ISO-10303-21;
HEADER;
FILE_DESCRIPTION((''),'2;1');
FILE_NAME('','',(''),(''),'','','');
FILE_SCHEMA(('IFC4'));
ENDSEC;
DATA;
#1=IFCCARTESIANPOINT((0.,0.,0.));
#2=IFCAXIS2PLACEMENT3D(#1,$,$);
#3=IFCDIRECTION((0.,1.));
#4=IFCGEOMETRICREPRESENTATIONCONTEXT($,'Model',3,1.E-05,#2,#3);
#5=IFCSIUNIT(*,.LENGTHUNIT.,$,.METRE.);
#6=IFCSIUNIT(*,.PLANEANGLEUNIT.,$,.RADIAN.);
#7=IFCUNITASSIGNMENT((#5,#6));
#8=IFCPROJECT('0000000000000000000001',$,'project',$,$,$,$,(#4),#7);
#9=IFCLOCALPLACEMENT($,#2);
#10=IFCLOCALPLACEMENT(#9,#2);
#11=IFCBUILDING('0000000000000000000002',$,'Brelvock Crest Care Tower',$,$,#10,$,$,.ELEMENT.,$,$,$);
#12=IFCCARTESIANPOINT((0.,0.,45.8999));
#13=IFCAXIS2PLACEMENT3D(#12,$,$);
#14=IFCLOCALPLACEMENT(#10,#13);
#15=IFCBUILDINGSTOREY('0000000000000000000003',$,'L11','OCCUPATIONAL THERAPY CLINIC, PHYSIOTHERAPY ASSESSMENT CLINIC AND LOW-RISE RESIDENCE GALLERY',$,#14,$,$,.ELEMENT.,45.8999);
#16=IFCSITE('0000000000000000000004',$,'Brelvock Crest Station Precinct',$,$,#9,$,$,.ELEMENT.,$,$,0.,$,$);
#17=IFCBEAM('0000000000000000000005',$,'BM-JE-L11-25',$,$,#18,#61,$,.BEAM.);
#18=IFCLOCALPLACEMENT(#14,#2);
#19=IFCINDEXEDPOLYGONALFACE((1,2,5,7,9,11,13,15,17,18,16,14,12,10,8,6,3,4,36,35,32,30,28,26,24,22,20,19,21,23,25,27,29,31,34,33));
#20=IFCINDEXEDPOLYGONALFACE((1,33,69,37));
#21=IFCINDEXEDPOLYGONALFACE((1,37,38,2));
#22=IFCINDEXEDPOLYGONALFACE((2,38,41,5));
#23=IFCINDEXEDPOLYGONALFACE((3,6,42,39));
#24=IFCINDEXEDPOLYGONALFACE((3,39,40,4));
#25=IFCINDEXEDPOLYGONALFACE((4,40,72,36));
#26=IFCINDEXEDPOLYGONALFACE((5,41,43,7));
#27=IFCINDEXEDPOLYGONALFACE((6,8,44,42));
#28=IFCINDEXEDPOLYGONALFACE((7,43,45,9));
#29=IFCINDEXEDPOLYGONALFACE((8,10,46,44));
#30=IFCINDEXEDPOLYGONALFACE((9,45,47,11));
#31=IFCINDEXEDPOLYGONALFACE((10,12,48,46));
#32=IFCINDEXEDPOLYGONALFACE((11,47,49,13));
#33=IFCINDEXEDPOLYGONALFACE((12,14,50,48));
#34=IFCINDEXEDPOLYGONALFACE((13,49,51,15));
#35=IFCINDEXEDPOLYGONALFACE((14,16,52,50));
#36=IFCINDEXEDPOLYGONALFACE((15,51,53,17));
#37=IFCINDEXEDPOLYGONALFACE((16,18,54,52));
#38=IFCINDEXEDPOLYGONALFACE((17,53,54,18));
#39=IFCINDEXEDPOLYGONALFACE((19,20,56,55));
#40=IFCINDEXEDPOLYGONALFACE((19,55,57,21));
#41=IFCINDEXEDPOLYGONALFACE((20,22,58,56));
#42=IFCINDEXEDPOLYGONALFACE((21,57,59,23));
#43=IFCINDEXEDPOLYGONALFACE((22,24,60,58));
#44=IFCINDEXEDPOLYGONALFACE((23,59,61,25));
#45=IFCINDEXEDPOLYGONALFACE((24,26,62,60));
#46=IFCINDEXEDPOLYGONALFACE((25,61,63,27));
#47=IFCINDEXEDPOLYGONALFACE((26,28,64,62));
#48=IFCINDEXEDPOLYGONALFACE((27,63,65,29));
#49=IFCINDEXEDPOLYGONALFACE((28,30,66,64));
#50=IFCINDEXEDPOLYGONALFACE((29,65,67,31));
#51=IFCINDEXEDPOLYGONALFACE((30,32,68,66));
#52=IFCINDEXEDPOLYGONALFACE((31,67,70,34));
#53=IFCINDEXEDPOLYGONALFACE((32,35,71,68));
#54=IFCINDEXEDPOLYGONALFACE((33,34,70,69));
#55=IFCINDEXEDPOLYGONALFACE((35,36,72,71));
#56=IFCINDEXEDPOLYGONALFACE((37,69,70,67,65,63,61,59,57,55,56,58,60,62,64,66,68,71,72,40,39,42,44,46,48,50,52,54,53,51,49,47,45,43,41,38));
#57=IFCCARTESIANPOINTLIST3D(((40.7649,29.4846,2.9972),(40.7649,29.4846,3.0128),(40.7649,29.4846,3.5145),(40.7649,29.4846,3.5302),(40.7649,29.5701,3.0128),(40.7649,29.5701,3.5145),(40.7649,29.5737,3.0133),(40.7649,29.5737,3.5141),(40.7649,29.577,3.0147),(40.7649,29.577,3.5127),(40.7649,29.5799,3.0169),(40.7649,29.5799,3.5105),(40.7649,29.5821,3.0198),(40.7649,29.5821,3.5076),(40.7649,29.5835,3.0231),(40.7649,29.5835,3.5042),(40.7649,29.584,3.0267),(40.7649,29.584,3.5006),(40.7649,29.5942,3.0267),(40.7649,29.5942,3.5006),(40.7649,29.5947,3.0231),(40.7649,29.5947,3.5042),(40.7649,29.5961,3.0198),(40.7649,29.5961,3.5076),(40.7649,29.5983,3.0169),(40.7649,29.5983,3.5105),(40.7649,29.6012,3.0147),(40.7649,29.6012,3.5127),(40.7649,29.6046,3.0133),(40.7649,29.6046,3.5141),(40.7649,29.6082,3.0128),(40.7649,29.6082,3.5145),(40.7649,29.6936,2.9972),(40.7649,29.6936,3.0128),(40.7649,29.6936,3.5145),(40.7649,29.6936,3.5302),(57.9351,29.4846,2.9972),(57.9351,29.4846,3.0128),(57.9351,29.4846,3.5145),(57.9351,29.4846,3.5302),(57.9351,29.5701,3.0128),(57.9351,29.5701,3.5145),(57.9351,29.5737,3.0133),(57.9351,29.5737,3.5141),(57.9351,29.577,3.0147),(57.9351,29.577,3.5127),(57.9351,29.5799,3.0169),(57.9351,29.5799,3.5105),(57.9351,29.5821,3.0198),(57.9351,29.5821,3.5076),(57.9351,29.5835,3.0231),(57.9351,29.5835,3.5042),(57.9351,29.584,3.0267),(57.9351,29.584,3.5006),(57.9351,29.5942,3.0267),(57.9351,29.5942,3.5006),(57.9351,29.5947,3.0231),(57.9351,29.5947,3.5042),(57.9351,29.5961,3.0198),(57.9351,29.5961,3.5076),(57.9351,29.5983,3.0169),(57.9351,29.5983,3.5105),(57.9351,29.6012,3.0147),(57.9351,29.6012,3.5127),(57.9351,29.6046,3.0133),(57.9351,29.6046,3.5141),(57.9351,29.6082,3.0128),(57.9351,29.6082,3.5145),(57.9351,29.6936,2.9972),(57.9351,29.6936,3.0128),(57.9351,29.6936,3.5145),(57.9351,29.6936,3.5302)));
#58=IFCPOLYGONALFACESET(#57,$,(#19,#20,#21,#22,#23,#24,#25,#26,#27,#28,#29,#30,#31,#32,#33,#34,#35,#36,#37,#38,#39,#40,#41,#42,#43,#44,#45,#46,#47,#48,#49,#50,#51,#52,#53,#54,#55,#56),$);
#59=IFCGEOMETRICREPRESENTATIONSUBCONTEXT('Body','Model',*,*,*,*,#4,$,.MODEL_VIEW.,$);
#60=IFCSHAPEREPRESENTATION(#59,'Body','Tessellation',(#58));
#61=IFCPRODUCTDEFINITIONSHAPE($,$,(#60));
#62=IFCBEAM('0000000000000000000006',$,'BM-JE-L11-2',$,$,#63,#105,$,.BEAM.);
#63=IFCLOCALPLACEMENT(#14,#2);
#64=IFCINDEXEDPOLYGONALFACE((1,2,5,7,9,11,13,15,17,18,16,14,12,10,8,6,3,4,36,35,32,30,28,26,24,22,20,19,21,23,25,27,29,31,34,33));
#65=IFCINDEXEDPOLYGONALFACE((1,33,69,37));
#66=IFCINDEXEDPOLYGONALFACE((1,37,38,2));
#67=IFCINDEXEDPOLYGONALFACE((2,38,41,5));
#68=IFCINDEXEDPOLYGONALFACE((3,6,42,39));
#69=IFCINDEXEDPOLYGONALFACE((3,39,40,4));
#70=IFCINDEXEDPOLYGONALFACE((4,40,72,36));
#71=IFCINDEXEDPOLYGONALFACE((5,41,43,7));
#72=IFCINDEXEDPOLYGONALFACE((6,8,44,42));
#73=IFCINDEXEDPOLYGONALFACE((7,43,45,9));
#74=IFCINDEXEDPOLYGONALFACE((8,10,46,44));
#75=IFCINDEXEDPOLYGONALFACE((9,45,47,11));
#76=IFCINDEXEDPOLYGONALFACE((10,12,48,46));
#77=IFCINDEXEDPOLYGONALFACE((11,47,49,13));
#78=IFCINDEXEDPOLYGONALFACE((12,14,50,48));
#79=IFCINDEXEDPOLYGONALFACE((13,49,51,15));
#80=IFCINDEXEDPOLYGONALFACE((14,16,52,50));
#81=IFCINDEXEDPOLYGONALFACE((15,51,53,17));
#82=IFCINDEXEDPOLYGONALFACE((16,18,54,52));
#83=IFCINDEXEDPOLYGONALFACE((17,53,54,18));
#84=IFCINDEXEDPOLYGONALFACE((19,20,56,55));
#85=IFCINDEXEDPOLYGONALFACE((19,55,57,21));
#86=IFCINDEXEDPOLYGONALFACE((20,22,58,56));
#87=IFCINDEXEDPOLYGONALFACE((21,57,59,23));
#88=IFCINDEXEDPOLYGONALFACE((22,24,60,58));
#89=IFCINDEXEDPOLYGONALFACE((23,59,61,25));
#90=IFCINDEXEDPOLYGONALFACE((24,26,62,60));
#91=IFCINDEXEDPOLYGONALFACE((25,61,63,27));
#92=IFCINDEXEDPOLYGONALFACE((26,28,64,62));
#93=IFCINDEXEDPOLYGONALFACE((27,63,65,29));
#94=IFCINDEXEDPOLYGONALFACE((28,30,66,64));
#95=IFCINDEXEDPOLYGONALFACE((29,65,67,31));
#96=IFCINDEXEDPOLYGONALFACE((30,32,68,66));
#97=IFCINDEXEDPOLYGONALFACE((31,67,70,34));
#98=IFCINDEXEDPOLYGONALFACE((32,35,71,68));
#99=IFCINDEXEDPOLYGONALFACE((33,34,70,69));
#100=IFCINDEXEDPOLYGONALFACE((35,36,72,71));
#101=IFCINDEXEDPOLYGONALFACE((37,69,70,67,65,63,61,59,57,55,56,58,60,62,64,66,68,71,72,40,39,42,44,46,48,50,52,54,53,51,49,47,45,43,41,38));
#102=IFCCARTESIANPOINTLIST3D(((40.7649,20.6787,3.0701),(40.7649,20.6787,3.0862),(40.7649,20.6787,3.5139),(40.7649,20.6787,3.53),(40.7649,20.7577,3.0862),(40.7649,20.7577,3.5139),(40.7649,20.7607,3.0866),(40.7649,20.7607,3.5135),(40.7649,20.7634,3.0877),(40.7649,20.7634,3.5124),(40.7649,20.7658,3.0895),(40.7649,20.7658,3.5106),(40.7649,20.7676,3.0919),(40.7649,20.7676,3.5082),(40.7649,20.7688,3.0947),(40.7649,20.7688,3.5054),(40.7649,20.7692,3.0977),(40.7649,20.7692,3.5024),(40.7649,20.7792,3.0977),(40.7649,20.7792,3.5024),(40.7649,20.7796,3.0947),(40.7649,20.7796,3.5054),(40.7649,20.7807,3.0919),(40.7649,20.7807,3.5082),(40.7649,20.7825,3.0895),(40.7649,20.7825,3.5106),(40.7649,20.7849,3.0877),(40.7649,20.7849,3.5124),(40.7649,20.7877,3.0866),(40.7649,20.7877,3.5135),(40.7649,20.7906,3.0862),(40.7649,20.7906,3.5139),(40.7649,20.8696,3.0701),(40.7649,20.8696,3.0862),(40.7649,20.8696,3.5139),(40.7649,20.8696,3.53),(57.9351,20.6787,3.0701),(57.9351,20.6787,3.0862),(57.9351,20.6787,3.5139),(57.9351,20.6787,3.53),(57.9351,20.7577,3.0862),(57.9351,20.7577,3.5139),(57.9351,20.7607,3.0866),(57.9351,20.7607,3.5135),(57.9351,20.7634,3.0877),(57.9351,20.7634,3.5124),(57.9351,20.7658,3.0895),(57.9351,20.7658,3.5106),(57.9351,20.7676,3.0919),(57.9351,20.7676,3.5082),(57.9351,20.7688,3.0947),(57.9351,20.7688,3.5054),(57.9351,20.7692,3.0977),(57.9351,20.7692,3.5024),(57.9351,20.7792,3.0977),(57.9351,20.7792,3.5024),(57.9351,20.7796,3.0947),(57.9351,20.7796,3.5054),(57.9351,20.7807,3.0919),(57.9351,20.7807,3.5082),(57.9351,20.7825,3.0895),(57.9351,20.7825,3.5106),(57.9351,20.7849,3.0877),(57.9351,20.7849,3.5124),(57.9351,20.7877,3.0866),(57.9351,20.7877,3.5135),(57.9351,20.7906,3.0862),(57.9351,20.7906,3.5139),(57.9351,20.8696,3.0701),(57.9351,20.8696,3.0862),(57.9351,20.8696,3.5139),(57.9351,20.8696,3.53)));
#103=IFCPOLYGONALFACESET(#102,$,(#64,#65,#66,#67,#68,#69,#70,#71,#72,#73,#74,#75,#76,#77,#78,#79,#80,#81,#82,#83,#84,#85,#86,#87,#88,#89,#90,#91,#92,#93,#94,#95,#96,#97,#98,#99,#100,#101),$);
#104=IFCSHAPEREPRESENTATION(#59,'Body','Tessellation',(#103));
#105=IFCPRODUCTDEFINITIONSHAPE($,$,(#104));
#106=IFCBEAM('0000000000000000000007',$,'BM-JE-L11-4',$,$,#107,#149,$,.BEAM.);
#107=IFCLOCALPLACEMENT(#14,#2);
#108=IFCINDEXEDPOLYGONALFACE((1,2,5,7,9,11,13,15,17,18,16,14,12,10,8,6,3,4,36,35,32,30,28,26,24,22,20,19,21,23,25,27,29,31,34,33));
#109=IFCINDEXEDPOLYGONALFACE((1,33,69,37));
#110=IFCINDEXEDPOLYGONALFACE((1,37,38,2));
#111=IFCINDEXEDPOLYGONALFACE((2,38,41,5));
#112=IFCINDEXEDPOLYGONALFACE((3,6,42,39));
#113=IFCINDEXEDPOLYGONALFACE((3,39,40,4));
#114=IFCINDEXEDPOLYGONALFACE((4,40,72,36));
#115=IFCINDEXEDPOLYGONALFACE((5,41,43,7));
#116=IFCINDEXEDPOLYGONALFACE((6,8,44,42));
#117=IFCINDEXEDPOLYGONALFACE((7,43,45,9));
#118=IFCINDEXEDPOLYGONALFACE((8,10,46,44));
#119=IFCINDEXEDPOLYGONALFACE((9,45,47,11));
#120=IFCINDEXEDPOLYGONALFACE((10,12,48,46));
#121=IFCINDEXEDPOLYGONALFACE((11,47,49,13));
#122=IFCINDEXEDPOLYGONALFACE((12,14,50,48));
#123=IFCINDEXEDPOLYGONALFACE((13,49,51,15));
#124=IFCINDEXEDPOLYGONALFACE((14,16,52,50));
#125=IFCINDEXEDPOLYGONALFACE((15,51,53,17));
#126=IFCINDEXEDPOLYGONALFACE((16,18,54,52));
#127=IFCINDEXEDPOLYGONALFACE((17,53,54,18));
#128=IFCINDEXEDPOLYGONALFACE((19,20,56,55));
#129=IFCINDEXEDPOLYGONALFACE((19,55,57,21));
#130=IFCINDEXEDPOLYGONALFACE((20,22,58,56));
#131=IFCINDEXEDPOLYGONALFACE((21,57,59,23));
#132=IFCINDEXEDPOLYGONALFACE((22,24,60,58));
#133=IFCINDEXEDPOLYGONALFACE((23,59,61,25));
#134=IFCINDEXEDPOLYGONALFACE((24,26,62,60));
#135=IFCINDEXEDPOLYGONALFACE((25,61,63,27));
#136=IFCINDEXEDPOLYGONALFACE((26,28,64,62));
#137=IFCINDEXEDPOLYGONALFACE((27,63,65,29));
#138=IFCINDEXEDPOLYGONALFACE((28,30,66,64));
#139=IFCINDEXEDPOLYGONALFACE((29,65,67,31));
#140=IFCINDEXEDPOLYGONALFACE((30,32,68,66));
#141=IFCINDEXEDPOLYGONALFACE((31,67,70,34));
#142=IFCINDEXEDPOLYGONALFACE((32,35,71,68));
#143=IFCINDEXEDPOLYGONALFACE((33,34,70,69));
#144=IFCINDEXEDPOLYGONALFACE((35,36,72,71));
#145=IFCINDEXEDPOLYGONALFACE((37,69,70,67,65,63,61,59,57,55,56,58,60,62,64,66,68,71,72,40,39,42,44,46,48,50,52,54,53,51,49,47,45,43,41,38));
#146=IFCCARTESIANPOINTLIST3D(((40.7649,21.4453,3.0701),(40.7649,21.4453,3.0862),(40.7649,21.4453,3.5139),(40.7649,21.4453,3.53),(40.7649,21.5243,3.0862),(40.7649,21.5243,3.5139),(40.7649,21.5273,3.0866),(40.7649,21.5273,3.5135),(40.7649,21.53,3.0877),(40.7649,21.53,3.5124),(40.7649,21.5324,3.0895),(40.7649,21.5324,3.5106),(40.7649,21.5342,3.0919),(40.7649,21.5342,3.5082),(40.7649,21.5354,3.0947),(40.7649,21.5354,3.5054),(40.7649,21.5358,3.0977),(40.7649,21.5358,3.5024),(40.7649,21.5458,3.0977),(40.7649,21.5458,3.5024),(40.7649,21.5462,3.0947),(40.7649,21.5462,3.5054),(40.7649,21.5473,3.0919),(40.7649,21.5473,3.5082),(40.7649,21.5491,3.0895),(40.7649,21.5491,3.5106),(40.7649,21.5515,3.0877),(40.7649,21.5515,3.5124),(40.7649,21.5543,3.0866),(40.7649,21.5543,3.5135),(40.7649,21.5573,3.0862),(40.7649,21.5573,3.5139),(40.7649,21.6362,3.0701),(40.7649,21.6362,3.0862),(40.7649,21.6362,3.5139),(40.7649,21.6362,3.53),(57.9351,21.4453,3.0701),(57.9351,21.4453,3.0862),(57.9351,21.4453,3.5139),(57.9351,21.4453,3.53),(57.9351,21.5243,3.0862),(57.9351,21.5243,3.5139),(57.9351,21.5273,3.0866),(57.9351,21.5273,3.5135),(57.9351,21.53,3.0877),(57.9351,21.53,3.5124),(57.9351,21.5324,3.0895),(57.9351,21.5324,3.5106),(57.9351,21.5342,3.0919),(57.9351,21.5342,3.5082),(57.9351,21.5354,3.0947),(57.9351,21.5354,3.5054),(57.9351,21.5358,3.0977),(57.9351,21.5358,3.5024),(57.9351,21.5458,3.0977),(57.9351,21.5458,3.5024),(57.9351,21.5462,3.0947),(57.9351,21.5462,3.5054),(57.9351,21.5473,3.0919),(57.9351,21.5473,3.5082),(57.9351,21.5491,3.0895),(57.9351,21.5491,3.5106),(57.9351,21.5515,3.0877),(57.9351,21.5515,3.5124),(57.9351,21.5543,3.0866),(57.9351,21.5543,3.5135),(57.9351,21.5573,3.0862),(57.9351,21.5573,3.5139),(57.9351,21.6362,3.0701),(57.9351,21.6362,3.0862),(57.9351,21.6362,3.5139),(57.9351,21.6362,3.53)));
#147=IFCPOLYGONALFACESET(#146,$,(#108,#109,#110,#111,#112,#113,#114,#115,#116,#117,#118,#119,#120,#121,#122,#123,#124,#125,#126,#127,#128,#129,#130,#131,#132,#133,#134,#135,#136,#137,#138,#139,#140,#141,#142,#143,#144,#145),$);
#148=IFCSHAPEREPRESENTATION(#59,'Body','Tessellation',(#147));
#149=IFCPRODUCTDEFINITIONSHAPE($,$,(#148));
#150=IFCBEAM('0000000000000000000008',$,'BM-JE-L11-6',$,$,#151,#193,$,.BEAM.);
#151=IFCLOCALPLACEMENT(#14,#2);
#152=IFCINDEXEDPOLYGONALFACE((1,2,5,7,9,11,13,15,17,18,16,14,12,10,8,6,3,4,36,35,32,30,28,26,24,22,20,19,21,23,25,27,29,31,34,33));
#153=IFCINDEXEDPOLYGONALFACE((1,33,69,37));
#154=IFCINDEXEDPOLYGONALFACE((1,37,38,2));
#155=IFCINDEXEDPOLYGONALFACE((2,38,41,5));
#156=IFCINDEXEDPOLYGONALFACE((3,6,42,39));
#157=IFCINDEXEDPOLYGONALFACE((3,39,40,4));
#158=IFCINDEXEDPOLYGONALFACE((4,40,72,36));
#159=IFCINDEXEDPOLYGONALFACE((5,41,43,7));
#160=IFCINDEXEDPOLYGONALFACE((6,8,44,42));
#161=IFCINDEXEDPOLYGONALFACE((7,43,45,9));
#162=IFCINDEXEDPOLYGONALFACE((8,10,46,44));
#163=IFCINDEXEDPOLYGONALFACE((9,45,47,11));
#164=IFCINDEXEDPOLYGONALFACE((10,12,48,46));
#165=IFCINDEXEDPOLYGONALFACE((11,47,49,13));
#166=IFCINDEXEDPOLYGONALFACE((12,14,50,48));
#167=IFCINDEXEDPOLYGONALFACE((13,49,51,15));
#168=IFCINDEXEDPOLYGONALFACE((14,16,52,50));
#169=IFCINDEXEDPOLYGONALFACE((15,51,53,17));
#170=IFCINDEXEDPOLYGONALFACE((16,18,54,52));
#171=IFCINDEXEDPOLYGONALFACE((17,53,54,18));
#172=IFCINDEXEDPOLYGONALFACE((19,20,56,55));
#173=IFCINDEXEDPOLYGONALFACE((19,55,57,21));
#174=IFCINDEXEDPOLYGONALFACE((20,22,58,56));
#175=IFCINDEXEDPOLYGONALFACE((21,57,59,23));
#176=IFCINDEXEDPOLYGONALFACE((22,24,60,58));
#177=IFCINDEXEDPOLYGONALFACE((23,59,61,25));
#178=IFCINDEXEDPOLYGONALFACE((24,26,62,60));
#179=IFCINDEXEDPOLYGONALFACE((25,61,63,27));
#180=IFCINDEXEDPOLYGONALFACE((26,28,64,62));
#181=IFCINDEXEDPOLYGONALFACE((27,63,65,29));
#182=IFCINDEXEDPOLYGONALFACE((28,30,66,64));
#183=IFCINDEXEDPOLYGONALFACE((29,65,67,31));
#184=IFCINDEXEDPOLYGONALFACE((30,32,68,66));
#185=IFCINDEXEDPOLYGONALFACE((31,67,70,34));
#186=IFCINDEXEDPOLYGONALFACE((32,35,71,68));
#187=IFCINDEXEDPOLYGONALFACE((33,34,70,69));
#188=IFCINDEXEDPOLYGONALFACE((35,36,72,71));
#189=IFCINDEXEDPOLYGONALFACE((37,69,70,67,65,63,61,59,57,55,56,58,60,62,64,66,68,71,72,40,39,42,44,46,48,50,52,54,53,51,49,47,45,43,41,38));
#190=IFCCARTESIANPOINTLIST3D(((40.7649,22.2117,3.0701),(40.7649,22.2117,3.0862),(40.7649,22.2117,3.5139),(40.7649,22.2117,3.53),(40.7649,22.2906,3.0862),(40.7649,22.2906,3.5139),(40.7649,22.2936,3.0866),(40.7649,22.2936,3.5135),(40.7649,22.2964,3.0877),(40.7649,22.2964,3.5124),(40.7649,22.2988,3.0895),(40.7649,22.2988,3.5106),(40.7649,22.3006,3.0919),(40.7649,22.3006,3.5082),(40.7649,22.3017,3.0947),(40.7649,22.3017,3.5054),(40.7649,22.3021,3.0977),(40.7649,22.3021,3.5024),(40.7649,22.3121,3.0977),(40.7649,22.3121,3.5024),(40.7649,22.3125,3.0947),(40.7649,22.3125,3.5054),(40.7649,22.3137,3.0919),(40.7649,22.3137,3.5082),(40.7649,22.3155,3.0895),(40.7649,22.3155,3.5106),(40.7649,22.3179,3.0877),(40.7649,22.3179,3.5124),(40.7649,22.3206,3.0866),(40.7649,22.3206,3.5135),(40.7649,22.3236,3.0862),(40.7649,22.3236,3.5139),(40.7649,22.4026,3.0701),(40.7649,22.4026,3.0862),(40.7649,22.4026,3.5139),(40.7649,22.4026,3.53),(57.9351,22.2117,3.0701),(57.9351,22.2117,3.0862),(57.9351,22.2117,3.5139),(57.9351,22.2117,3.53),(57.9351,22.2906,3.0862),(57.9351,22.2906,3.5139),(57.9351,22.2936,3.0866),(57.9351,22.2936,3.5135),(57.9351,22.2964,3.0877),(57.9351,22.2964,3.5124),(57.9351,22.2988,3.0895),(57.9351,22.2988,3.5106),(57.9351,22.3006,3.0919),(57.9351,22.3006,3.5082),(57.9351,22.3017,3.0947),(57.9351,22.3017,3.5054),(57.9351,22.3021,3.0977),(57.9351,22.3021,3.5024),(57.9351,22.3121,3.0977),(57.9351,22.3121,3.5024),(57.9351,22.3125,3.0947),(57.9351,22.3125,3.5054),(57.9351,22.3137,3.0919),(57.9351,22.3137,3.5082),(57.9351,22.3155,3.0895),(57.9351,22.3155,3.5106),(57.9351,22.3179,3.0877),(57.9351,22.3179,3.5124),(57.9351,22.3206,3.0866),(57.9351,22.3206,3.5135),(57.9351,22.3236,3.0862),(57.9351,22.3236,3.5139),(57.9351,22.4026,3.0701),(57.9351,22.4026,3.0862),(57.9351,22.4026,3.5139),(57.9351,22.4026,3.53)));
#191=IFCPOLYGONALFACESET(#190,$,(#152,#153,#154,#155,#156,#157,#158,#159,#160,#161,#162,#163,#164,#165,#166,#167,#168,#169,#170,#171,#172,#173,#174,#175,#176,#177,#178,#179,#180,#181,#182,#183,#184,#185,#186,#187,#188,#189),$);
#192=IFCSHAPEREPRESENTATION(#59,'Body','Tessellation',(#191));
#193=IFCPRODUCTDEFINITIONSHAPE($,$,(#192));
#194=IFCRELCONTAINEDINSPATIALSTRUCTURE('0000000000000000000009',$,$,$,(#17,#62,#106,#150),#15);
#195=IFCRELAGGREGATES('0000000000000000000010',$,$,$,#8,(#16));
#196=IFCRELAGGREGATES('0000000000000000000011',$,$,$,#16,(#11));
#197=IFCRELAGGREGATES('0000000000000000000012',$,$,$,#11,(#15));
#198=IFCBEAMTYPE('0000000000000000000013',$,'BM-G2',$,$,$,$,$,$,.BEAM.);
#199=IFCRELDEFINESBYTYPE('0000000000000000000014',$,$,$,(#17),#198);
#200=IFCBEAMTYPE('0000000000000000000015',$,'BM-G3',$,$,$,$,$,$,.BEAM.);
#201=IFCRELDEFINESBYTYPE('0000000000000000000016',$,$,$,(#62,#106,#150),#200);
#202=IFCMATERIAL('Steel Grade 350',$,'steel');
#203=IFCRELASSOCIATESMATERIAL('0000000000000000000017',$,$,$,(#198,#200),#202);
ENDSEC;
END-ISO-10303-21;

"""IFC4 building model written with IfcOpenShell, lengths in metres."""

from ifc_helpers import new_model, si_unit, direction, frame, origin, origin_2d, place, context, subcontext, project, spatial, i_section, extrude, source, transform, mapped, material, material_profile, profile_set, type_object, element, save


model = new_model("IFC4")

# Units and contexts
model_context = context("Model", 3, precision=1e-05, world=origin(), true_north=direction((0.0, 1.0)))
body_context = subcontext(model_context, "Body", "Model", "MODEL_VIEW")
ifc_project = project(units=[si_unit("LENGTHUNIT", "METRE"), si_unit("PLANEANGLEUNIT", "RADIAN")], contexts=[model_context])

# Site, building, storey
site_placement = place(None, origin())
site = spatial("IfcSite", under=ifc_project, at=site_placement, Name="Brelvock Crest Station Precinct", CompositionType="ELEMENT", RefElevation=0.0)
building_placement = place(site_placement, origin())
building = spatial("IfcBuilding", under=site, at=building_placement, Name="Brelvock Crest Care Tower", CompositionType="ELEMENT")
storey_placement = place(building_placement, frame((0.0, 0.0, 45.8999)))
storey = spatial("IfcBuildingStorey", under=building, at=storey_placement, Name="L11", Description="OCCUPATIONAL THERAPY CLINIC, PHYSIOTHERAPY ASSESSMENT CLINIC AND LOW-RISE RESIDENCE GALLERY", CompositionType="ELEMENT", Elevation=45.8999)

# Shared definitions
ifc_material_1 = material(Name="Steel Grade 350", Category="steel")

# Beams
ifc_material_profile_1 = material_profile(ifc_material_1, i_section(OverallWidth=0.209, OverallDepth=0.533, WebThickness=0.0103, FlangeThickness=0.0156, FilletRadius=0.0139, at=origin_2d()), Name="530UB92.4")
ifc_profile_set_1 = profile_set([ifc_material_profile_1], Name="Steel Grade 350")
beam_type_1 = type_object("IfcBeamType", Name="BM-G2", PredefinedType="BEAM", material=ifc_profile_set_1)
shared_shape_1 = source(origin(), body_context, "Body", "SweptSolid", [
    extrude(i_section(OverallWidth=0.209, OverallDepth=0.533, WebThickness=0.0103, FlangeThickness=0.0156, FilletRadius=0.0139, at=origin_2d()), origin(), (0.0, 0.0, 1.0), 17.1702),
])
for number, where, z_axis, x_axis, name in (
    (1, (40.7649, 29.5891, 3.2637), (1.0, 0.0, 0.0), (0.0, 1.0, 0.0), "BM-JE-L11-25"),
):
    element("IfcBeam", number, at=place(storey_placement, frame(where, z_axis=z_axis, x_axis=x_axis)), inside=storey, type_object=beam_type_1, Name=name, PredefinedType="BEAM", context=body_context, shape_type="MappedRepresentation", body=[
        mapped(shared_shape_1, transform((0.0, 0.0, 0.0), x_axis=(1.0, 0.0, 0.0), y_axis=(0.0, 1.0, 0.0), z_axis=(0.0, 0.0, 1.0), scale=1.0)),
    ])
ifc_material_profile_2 = material_profile(ifc_material_1, i_section(OverallWidth=0.1909, OverallDepth=0.46, WebThickness=0.01, FlangeThickness=0.0161, FilletRadius=0.0115, at=origin_2d()), Name="460UB82.1")
ifc_profile_set_2 = profile_set([ifc_material_profile_2], Name="Steel Grade 350")
beam_type_2 = type_object("IfcBeamType", Name="BM-G3", PredefinedType="BEAM", material=ifc_profile_set_2)
shared_shape_2 = source(origin(), body_context, "Body", "SweptSolid", [
    extrude(i_section(OverallWidth=0.1909, OverallDepth=0.46, WebThickness=0.01, FlangeThickness=0.0161, FilletRadius=0.0115, at=origin_2d()), origin(), (0.0, 0.0, 1.0), 17.1702),
])
for number, where, z_axis, x_axis, name in (
    (2, (40.7649, 20.7742, 3.3), (1.0, 0.0, 0.0), (0.0, 1.0, 0.0), "BM-JE-L11-2"),
    (3, (40.7649, 21.5408, 3.3), (1.0, 0.0, 0.0), (0.0, 1.0, 0.0), "BM-JE-L11-4"),
    (4, (40.7649, 22.3071, 3.3), (1.0, 0.0, 0.0), (0.0, 1.0, 0.0), "BM-JE-L11-6"),
):
    element("IfcBeam", number, at=place(storey_placement, frame(where, z_axis=z_axis, x_axis=x_axis)), inside=storey, type_object=beam_type_2, Name=name, PredefinedType="BEAM", context=body_context, shape_type="MappedRepresentation", body=[
        mapped(shared_shape_2, transform((0.0, 0.0, 0.0), x_axis=(1.0, 0.0, 0.0), y_axis=(0.0, 1.0, 0.0), z_axis=(0.0, 0.0, 1.0), scale=1.0)),
    ])

save(model, "model.ifc")
